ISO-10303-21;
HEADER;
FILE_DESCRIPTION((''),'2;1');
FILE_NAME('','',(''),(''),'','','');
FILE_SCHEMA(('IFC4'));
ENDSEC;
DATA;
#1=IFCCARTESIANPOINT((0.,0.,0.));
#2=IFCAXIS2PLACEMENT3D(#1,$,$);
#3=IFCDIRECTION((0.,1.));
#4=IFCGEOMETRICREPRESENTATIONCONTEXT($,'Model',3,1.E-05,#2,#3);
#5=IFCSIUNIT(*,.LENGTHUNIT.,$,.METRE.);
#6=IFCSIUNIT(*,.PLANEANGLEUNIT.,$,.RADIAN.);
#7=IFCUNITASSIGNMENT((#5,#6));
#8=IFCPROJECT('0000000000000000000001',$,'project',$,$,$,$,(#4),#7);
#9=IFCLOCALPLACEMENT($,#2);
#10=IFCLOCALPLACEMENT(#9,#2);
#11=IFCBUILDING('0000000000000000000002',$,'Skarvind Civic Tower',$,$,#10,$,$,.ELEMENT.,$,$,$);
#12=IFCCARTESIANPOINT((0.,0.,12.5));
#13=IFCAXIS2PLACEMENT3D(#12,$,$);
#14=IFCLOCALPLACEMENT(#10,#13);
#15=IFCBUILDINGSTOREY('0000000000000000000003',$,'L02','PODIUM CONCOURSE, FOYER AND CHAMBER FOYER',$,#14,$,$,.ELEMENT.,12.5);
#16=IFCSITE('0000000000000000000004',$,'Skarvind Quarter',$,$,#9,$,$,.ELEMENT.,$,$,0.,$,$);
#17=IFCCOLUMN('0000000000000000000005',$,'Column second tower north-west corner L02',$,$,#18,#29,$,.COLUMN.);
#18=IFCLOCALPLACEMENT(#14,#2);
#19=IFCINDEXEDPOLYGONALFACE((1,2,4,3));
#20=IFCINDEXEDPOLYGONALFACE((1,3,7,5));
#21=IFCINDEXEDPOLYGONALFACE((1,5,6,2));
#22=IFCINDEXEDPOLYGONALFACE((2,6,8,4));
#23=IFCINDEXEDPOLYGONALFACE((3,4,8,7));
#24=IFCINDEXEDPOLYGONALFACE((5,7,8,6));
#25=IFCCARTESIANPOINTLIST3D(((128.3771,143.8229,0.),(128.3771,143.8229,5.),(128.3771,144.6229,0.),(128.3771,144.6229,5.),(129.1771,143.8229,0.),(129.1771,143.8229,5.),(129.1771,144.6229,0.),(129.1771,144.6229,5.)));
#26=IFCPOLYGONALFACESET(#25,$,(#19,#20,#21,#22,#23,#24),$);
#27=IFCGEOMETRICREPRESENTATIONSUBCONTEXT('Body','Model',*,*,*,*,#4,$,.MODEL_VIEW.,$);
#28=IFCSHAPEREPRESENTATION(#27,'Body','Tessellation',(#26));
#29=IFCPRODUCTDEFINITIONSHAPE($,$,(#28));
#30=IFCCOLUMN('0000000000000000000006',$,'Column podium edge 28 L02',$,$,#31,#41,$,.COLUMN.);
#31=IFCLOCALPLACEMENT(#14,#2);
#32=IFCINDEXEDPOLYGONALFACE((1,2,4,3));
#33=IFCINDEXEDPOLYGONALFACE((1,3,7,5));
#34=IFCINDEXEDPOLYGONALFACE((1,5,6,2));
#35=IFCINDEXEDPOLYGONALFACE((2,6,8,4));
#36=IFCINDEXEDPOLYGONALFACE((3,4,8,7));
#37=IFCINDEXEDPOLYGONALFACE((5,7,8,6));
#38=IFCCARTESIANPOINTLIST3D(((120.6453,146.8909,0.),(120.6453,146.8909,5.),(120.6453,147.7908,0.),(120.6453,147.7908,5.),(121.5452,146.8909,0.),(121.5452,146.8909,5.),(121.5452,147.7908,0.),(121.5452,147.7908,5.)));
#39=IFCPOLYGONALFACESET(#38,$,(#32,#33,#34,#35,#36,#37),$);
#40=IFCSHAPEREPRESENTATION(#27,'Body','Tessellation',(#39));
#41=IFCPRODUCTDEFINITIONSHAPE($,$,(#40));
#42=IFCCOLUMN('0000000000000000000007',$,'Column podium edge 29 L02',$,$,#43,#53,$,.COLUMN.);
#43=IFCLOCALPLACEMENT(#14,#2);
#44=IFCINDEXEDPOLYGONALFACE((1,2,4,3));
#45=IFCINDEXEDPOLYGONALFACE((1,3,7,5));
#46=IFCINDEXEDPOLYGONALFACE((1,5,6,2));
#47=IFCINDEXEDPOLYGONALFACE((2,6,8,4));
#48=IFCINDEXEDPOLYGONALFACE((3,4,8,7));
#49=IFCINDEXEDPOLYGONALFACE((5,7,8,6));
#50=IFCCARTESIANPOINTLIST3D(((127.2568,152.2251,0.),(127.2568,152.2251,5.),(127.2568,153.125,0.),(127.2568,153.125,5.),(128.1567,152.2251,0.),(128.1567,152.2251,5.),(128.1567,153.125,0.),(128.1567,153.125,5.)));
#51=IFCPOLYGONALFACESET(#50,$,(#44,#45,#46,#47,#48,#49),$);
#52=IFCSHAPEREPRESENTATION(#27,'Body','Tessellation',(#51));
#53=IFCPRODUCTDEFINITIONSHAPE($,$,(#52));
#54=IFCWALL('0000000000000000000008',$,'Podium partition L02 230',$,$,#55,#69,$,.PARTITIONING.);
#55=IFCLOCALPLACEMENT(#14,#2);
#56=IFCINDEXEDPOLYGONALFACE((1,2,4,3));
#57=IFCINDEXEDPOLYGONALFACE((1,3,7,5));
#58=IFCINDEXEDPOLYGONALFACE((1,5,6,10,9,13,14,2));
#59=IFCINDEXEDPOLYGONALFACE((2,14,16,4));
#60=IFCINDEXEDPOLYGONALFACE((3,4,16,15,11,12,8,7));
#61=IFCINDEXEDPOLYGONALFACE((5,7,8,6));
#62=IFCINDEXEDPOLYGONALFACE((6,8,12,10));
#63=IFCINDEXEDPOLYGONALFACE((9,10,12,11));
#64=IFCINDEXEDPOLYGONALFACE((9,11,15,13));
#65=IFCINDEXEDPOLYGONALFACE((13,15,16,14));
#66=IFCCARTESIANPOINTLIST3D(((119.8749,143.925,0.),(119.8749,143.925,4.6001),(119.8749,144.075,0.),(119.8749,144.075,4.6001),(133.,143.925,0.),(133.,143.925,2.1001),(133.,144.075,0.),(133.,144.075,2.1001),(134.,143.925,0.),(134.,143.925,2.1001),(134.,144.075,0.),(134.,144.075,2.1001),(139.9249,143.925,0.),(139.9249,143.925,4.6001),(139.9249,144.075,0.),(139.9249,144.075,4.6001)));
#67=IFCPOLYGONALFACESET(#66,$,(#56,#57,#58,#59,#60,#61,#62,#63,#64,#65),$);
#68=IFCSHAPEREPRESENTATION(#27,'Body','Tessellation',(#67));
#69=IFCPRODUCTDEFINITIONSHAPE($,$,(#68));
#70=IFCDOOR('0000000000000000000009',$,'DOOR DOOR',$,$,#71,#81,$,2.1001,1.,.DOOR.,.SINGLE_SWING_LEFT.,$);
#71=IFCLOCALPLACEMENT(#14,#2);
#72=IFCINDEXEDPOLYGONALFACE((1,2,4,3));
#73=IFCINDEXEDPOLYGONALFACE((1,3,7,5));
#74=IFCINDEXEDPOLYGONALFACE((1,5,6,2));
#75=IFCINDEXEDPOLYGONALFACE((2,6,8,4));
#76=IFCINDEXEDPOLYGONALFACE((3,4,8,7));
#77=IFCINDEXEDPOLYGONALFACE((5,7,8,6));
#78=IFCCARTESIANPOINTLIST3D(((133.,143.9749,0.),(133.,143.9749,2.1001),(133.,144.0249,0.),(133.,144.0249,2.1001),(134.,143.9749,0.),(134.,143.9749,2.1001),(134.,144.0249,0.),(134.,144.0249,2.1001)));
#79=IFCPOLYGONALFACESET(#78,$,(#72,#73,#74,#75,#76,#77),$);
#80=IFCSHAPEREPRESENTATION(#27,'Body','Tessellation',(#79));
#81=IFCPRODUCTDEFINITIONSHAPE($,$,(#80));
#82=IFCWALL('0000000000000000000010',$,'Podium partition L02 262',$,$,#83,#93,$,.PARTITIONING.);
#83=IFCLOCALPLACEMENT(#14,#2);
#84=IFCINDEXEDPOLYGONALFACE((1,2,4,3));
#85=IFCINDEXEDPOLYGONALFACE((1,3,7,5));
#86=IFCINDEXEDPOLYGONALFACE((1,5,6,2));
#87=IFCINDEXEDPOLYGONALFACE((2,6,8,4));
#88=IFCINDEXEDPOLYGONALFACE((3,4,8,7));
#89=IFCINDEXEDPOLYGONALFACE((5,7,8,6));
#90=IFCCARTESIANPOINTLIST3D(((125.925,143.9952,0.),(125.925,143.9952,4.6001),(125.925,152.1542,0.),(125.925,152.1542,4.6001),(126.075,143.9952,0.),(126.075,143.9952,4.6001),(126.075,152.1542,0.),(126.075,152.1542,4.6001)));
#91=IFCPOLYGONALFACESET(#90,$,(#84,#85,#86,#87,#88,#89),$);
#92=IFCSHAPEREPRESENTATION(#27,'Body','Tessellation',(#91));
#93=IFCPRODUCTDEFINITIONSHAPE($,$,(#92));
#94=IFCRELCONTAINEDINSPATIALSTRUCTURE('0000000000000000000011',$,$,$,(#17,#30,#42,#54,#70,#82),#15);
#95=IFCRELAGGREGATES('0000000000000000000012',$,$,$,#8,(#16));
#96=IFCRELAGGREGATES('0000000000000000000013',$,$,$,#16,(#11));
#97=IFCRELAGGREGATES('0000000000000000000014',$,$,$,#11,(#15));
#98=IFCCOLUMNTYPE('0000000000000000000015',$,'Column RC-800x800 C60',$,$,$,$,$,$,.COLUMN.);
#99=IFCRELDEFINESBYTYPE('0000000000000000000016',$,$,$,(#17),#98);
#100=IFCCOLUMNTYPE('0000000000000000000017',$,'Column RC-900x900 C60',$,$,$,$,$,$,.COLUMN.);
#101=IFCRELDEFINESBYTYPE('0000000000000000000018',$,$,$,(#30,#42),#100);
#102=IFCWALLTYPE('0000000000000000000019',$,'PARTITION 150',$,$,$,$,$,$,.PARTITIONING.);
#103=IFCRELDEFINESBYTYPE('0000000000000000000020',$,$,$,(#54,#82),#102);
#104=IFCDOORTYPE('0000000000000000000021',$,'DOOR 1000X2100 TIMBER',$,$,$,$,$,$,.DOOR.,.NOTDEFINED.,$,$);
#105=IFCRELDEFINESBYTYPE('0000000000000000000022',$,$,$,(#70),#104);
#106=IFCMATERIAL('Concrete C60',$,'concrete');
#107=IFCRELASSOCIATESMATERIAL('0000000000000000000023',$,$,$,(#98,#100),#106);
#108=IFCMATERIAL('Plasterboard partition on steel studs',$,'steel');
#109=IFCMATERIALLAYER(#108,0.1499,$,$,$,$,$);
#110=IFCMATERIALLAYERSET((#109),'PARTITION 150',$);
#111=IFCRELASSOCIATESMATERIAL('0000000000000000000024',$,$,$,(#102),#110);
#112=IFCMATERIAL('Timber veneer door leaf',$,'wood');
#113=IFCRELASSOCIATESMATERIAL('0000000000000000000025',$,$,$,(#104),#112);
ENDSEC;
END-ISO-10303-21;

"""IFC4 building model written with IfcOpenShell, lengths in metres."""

from ifc_helpers import new_model, si_unit, direction, frame, frame_2d, origin, origin_2d, place, context, subcontext, project, spatial, rectangle, extrude, material, layer, layer_set, material_profile, profile_set, type_object, element, fill, save


model = new_model("IFC4")

# Units and contexts
model_context = context("Model", 3, precision=1e-05, world=origin(), true_north=direction((0.0, 1.0)))
body_context = subcontext(model_context, "Body", "Model", "MODEL_VIEW")
ifc_project = project(units=[si_unit("LENGTHUNIT", "METRE"), si_unit("PLANEANGLEUNIT", "RADIAN")], contexts=[model_context])

# Site, building, storey
site_placement = place(None, origin())
site = spatial("IfcSite", under=ifc_project, at=site_placement, Name="Skarvind Quarter", CompositionType="ELEMENT", RefElevation=0.0)
building_placement = place(site_placement, origin())
building = spatial("IfcBuilding", under=site, at=building_placement, Name="Skarvind Civic Tower", CompositionType="ELEMENT")
storey_placement = place(building_placement, frame((0.0, 0.0, 12.5)))
storey = spatial("IfcBuildingStorey", under=building, at=storey_placement, Name="L02", Description="PODIUM CONCOURSE, FOYER AND CHAMBER FOYER", CompositionType="ELEMENT", Elevation=12.5)

# Columns
ifc_material_1 = material(Name="Concrete C60", Category="concrete")
ifc_material_profile_1 = material_profile(ifc_material_1, rectangle(XDim=0.8, YDim=0.8, at=origin_2d()), Name="RC-800x800")
ifc_profile_set_1 = profile_set([ifc_material_profile_1], Name="Concrete C60")
column_type_1 = type_object("IfcColumnType", Name="Column RC-800x800 C60", PredefinedType="COLUMN", material=ifc_profile_set_1)
column_placement = place(storey_placement, frame((128.7771, 144.2229, 0.0), z_axis=(0.0, 0.0, 1.0), x_axis=(1.0, 0.0, 0.0)))
element("IfcColumn", 1, at=column_placement, inside=storey, type_object=column_type_1, Name="Column second tower north-west corner L02", PredefinedType="COLUMN", context=body_context, shape_type="SweptSolid", body=[
    extrude(rectangle(XDim=0.8, YDim=0.8, at=origin_2d()), origin(), (0.0, 0.0, 1.0), 5.0),
])
ifc_material_profile_2 = material_profile(ifc_material_1, rectangle(XDim=0.8999, YDim=0.8999, at=origin_2d()), Name="RC-900x900")
ifc_profile_set_2 = profile_set([ifc_material_profile_2], Name="Concrete C60")
column_type_2 = type_object("IfcColumnType", Name="Column RC-900x900 C60", PredefinedType="COLUMN", material=ifc_profile_set_2)
for number, where, z_axis, x_axis, name in (
    (2, (121.0952, 147.3408, 0.0), (0.0, 0.0, 1.0), (1.0, 0.0, 0.0), "Column podium edge 28 L02"),
    (3, (127.7068, 152.675, 0.0), (0.0, 0.0, 1.0), (1.0, 0.0, 0.0), "Column podium edge 29 L02"),
):
    element("IfcColumn", number, at=place(storey_placement, frame(where, z_axis=z_axis, x_axis=x_axis)), inside=storey, type_object=column_type_2, Name=name, PredefinedType="COLUMN", context=body_context, shape_type="SweptSolid", body=[
        extrude(rectangle(XDim=0.8999, YDim=0.8999, at=origin_2d()), origin(), (0.0, 0.0, 1.0), 5.0),
    ])

# Wall, opening, door
ifc_material_2 = material(Name="Plasterboard partition on steel studs", Category="steel")
ifc_layer_1 = layer(ifc_material_2, 0.1499)
ifc_layer_set_1 = layer_set([ifc_layer_1], Name="PARTITION 150")
wall_type_1 = type_object("IfcWallType", Name="PARTITION 150", PredefinedType="PARTITIONING", material=ifc_layer_set_1)
wall_1_placement = place(storey_placement, frame((119.875, 144.0, 0.0), z_axis=(0.0, 0.0, 1.0), x_axis=(1.0, 0.0, 0.0)))
wall_1 = element("IfcWall", 4, at=wall_1_placement, inside=storey, type_object=wall_type_1, Name="Podium partition L02 230", PredefinedType="PARTITIONING", context=body_context, shape_type="SweptSolid", body=[
    extrude(rectangle(XDim=20.05, YDim=0.1499, at=frame_2d((10.0249, 0.0))), origin(), (0.0, 0.0, 1.0), 4.6001),
])
opening_1_placement = place(wall_1_placement, frame((13.125, 0.0, 0.0)))
opening_1 = element("IfcOpeningElement", 5, at=opening_1_placement, cuts=wall_1, PredefinedType="OPENING", context=body_context, shape_type="SweptSolid", body=[
    extrude(rectangle(XDim=1.0, YDim=2.1001, at=frame_2d((0.5, 1.05))), frame((0.0, 0.085, 0.0), z_axis=(0.0, -1.0, 0.0), x_axis=(1.0, 0.0, 0.0)), (0.0, 0.0, 1.0), 0.1699),
])
ifc_material_3 = material(Name="Timber veneer door leaf", Category="wood")
door_type = type_object("IfcDoorType", Name="DOOR 1000X2100 TIMBER", OperationType="NOTDEFINED", PredefinedType="DOOR", material=ifc_material_3)
door_placement = place(opening_1_placement, origin())
door = element("IfcDoor", 6, at=door_placement, inside=storey, type_object=door_type, Name="DOOR DOOR", OperationType="SINGLE_SWING_LEFT", OverallHeight=2.1001, OverallWidth=1.0, PredefinedType="DOOR", context=body_context, shape_type="SweptSolid", body=[
    extrude(rectangle(XDim=1.0, YDim=2.1001, at=frame_2d((0.5, 1.05))), frame((0.0, 0.0249, 0.0), z_axis=(0.0, -1.0, 0.0), x_axis=(1.0, 0.0, 0.0)), (0.0, 0.0, 1.0), 0.05),
])
fill(opening_1, door)

# Wall
wall_2_placement = place(storey_placement, frame((126.0, 143.9951, 0.0), z_axis=(0.0, 0.0, 1.0), x_axis=(0.0, 1.0, 0.0)))
element("IfcWall", 7, at=wall_2_placement, inside=storey, type_object=wall_type_1, Name="Podium partition L02 262", PredefinedType="PARTITIONING", context=body_context, shape_type="SweptSolid", body=[
    extrude(rectangle(XDim=8.1589, YDim=0.1499, at=frame_2d((4.0796, 0.0))), origin(), (0.0, 0.0, 1.0), 4.6001),
])

save(model, "model.ifc")
